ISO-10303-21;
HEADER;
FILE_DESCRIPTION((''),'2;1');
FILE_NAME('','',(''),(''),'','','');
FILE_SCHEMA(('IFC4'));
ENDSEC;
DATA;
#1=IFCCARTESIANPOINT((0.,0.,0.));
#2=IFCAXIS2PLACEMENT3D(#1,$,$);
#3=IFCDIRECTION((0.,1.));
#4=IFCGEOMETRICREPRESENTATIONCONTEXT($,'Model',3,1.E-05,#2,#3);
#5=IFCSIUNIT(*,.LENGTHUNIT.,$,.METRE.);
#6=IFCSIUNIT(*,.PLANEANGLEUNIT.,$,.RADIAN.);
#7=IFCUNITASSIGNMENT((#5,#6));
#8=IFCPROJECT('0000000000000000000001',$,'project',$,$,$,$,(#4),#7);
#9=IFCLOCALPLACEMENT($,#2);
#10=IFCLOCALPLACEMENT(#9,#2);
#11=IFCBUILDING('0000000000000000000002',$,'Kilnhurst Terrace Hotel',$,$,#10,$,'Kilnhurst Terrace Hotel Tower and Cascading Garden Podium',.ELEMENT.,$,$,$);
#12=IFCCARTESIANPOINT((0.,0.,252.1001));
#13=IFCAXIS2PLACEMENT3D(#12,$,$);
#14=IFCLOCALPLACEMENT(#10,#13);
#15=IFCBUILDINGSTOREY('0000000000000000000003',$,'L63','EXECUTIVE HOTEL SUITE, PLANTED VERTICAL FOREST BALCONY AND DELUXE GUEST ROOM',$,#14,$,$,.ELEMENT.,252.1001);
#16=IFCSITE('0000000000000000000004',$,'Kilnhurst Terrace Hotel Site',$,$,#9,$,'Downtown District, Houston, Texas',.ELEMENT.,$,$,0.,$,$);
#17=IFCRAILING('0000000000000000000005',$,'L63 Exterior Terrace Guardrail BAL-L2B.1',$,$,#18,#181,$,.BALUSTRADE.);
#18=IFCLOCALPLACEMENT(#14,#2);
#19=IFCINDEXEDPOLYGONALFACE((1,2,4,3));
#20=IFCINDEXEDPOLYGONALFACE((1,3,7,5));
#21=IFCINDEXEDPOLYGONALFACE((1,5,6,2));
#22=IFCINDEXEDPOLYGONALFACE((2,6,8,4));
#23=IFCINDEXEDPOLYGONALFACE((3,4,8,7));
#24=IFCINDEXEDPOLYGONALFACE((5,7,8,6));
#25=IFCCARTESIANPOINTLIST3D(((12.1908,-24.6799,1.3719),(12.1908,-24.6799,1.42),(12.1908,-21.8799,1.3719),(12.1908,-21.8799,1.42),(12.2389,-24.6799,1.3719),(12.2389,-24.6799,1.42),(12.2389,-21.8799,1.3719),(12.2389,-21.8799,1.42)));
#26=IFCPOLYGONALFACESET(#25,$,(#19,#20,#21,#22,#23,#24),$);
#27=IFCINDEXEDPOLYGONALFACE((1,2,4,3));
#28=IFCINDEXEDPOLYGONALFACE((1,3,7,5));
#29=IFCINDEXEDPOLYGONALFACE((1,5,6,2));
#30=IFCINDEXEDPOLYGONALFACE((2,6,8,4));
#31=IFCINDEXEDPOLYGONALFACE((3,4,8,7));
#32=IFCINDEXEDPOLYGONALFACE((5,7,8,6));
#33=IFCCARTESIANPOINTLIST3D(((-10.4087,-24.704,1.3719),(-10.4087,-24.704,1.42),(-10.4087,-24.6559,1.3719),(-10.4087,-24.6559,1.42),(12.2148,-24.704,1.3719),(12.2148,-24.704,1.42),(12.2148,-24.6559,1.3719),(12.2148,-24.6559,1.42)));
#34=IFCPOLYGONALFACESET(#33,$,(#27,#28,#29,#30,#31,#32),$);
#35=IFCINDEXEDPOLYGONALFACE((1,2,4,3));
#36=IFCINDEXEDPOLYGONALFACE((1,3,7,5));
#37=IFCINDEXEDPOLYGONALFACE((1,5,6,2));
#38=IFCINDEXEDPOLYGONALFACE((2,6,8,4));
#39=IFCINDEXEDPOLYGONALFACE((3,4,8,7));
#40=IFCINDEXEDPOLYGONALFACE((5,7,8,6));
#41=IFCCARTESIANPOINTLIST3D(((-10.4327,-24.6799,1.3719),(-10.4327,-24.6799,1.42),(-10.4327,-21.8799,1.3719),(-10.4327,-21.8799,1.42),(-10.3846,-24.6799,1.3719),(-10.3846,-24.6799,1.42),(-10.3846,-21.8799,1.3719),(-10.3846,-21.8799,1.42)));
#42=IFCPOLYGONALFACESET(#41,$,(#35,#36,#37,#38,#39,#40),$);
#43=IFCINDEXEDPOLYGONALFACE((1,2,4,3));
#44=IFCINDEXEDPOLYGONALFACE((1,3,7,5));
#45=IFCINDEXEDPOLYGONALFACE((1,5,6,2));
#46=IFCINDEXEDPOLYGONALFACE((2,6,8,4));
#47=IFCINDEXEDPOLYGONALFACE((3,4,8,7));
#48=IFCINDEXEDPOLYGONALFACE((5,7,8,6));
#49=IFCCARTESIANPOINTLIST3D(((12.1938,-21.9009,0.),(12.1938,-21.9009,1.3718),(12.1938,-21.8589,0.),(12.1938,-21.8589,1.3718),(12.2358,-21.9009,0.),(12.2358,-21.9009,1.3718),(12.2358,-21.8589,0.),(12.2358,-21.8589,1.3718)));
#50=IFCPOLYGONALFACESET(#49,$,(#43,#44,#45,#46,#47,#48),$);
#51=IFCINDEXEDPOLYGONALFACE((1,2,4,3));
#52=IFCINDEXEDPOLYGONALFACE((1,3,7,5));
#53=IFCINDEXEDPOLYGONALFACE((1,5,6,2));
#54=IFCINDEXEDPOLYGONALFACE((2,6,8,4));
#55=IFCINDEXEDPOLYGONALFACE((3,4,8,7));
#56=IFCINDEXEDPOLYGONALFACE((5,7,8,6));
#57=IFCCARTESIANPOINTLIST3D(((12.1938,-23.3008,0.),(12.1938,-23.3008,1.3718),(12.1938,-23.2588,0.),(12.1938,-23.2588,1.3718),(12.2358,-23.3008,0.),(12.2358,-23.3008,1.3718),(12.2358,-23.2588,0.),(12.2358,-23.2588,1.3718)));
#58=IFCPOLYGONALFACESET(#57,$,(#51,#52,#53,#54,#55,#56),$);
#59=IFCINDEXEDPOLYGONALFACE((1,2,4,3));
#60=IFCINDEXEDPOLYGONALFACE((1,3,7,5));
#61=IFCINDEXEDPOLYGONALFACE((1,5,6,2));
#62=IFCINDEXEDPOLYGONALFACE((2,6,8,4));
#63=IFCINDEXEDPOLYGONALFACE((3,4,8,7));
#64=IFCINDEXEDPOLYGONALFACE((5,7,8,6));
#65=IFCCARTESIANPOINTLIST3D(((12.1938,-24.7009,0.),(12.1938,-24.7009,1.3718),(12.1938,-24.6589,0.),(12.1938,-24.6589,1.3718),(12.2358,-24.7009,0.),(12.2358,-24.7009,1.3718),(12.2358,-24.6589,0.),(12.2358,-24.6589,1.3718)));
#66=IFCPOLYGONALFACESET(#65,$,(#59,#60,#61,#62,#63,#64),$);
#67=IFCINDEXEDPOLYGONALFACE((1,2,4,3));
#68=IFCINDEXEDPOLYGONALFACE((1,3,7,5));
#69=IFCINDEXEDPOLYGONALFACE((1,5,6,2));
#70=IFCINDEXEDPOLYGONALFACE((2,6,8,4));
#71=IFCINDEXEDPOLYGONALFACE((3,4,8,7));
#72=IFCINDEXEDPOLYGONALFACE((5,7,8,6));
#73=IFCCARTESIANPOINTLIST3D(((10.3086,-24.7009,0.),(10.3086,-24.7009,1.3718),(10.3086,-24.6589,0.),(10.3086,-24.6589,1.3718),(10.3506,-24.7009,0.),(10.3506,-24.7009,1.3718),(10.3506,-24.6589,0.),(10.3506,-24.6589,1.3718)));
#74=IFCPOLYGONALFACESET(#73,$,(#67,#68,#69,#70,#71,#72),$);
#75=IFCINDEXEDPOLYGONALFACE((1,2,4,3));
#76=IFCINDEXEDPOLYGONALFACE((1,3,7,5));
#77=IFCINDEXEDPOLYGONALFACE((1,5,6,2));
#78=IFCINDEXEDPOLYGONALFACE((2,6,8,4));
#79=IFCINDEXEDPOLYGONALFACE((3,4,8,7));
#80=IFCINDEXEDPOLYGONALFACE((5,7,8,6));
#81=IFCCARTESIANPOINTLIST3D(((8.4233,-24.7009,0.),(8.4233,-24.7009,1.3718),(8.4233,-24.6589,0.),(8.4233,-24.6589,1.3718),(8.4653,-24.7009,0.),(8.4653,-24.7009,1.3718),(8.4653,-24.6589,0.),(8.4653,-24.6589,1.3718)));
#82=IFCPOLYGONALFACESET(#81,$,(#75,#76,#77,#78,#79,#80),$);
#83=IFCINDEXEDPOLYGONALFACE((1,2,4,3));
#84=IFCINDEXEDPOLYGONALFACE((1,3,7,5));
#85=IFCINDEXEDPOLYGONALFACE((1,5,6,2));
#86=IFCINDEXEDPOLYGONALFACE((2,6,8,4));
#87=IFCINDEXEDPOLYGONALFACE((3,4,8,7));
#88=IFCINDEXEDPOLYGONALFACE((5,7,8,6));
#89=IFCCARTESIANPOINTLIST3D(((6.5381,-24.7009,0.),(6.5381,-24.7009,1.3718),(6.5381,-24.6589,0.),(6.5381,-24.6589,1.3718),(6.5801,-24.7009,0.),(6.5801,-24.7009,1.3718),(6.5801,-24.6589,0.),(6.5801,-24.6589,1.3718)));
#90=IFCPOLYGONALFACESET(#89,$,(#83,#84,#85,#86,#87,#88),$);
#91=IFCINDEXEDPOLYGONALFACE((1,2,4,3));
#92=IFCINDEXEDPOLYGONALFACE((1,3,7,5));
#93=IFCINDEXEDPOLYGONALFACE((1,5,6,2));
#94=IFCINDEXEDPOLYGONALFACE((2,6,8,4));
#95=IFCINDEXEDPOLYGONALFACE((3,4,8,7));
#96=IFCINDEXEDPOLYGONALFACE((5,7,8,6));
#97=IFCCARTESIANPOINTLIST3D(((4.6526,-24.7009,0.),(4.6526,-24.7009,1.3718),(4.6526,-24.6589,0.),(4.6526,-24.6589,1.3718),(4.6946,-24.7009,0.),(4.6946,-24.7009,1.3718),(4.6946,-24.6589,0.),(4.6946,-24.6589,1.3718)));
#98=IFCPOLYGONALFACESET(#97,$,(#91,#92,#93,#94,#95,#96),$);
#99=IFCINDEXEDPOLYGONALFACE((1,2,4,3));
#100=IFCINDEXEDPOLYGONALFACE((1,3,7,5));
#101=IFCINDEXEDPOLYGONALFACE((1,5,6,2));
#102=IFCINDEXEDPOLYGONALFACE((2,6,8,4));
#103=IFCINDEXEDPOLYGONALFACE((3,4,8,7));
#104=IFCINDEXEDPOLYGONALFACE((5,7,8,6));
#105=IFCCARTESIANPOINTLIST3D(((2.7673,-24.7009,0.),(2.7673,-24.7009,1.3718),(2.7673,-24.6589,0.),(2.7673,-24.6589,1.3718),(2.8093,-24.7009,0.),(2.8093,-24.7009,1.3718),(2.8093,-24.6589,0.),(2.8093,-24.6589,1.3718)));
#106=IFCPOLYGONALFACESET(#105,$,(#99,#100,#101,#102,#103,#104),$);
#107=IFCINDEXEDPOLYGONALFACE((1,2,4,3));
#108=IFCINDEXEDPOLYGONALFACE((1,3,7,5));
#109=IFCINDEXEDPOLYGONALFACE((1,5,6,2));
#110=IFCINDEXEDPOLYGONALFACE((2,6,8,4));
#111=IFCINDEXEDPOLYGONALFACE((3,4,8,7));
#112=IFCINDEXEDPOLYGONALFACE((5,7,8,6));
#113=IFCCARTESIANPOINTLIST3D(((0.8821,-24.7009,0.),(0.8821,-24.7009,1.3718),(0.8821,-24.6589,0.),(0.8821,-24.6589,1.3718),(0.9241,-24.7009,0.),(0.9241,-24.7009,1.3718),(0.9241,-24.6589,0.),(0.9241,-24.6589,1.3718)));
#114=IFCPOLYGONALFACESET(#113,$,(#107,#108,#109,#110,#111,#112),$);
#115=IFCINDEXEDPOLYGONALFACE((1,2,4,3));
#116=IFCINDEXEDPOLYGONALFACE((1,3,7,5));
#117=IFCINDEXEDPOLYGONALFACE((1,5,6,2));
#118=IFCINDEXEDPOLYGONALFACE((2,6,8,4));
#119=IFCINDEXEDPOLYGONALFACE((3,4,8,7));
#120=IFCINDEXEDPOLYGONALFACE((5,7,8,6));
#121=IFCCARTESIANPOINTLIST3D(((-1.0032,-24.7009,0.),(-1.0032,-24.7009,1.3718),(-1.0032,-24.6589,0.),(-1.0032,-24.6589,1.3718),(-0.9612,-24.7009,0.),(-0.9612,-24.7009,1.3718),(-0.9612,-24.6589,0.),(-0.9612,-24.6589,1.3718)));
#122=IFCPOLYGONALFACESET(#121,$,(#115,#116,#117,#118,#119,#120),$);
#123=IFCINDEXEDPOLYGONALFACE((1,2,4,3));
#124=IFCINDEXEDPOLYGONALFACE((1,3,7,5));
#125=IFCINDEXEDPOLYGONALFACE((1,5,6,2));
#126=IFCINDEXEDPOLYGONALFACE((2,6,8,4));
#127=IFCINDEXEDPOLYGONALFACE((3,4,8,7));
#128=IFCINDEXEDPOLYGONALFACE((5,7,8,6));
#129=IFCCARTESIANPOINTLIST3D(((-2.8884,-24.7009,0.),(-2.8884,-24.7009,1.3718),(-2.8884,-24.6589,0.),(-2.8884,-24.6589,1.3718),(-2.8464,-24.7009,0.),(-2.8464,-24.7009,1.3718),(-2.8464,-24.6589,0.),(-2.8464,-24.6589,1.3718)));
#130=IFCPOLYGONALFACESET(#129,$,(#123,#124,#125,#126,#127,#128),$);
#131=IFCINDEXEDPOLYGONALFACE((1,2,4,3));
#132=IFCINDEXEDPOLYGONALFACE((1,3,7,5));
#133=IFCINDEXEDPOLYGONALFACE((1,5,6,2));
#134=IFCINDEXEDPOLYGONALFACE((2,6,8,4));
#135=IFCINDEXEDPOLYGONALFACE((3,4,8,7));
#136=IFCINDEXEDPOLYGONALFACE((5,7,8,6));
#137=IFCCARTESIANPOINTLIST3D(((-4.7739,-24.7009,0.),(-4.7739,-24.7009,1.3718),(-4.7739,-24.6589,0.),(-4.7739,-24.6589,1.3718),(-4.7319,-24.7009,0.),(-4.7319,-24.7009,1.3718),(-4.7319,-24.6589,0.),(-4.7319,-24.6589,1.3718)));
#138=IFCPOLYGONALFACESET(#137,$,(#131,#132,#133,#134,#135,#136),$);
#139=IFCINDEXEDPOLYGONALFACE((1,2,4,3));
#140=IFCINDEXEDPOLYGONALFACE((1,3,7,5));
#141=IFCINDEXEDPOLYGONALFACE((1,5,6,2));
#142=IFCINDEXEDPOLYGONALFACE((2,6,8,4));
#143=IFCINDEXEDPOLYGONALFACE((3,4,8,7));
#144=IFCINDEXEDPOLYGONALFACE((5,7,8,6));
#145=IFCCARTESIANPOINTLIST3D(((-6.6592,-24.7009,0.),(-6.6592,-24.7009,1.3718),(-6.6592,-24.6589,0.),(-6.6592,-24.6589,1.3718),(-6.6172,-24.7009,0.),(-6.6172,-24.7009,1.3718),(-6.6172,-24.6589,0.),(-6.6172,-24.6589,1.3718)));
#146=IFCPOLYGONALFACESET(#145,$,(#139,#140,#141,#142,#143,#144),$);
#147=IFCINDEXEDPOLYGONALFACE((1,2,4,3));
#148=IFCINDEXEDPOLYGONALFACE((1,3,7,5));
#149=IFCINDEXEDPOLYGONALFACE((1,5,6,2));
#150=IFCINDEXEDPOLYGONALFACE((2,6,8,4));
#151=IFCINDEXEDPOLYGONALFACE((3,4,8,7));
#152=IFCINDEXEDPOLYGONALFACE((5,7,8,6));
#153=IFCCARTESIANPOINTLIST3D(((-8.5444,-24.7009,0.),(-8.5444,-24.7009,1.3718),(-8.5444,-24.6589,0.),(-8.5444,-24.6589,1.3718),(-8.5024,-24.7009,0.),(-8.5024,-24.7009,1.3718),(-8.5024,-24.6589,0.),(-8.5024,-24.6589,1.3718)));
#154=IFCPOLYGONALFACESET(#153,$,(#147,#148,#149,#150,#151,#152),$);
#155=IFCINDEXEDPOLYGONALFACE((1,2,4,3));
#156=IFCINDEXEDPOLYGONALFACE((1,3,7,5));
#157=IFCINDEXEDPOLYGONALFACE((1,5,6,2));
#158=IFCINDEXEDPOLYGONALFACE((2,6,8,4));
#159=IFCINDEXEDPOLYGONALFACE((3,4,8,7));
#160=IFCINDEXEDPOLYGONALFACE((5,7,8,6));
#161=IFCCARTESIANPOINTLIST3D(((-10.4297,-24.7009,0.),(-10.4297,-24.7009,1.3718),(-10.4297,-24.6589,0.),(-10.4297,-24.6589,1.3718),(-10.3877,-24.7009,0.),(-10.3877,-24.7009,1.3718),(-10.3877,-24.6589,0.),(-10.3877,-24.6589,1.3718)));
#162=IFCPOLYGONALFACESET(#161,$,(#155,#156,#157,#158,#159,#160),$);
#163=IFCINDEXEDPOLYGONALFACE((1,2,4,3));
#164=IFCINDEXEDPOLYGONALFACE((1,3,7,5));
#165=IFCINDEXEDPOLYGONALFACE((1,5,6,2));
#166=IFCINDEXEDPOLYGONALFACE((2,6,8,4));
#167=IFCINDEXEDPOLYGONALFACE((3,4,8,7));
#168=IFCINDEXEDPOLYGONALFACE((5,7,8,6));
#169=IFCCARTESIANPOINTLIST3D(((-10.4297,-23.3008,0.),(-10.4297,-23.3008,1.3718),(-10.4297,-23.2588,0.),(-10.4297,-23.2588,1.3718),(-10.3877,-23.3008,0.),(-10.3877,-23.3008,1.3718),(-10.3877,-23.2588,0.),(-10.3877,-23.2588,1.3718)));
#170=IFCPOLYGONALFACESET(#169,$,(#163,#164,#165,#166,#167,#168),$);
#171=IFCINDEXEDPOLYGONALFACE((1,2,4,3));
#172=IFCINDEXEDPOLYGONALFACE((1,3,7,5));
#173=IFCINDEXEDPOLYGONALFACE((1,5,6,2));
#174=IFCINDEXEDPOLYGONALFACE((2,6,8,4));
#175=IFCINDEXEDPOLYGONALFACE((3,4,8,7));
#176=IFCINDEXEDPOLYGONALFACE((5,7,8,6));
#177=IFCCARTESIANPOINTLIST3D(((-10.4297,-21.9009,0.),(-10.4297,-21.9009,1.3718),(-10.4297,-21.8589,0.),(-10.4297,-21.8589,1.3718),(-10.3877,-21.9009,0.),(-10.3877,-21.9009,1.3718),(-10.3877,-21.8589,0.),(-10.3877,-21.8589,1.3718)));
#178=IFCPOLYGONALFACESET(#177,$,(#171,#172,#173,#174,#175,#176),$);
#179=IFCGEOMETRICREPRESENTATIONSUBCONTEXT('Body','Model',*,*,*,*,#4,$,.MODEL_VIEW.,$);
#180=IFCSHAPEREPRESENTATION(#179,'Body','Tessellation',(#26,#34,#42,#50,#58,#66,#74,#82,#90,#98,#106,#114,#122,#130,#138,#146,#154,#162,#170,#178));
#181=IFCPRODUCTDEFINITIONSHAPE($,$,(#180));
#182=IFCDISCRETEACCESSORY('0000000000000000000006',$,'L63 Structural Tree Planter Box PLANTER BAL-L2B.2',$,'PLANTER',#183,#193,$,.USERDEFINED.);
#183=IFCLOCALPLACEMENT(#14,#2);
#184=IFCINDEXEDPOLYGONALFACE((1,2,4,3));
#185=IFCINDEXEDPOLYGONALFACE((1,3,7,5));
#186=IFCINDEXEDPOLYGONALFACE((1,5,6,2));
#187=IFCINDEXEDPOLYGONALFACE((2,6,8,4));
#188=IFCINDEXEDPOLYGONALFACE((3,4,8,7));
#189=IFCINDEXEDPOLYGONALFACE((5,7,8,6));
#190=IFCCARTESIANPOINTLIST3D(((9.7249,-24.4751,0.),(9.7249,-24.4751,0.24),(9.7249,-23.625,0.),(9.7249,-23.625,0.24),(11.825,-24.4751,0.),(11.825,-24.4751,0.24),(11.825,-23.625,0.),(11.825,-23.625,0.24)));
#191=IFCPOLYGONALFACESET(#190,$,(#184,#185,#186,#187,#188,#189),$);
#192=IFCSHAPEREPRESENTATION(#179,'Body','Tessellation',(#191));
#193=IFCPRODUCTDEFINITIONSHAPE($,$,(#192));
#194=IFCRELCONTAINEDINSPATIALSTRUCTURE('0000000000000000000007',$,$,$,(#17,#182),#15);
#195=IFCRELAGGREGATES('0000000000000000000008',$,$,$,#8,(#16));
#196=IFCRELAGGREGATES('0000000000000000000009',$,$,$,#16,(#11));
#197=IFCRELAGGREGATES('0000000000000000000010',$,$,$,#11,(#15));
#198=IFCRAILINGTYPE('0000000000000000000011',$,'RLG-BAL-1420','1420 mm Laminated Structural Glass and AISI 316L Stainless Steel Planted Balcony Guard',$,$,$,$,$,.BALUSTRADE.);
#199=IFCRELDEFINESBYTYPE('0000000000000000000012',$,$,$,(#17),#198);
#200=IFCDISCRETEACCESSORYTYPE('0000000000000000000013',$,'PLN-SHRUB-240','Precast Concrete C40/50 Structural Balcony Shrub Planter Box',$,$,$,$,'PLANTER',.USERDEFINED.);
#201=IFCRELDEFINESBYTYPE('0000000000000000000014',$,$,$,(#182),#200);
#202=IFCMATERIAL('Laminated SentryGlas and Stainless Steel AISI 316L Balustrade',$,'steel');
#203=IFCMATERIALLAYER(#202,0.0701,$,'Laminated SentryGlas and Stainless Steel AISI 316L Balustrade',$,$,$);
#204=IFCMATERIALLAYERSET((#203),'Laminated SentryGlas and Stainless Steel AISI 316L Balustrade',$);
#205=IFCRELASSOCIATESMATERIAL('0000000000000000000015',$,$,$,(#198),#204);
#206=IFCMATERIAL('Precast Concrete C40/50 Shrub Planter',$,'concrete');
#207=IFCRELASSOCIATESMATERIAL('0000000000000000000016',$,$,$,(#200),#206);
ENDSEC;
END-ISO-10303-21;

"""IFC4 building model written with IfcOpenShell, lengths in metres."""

from ifc_helpers import new_model, si_unit, direction, frame, origin, origin_2d, place, context, subcontext, project, spatial, rectangle, extrude, material, layer, layer_set, type_object, element, save


model = new_model("IFC4")

# Units and contexts
model_context = context("Model", 3, precision=1e-05, world=origin(), true_north=direction((0.0, 1.0)))
body_context = subcontext(model_context, "Body", "Model", "MODEL_VIEW")
ifc_project = project(units=[si_unit("LENGTHUNIT", "METRE"), si_unit("PLANEANGLEUNIT", "RADIAN")], contexts=[model_context])

# Site, building, storey
site_placement = place(None, origin())
site = spatial("IfcSite", under=ifc_project, at=site_placement, Name="Kilnhurst Terrace Hotel Site", LongName="Downtown District, Houston, Texas", CompositionType="ELEMENT", RefElevation=0.0)
building_placement = place(site_placement, origin())
building = spatial("IfcBuilding", under=site, at=building_placement, Name="Kilnhurst Terrace Hotel", LongName="Kilnhurst Terrace Hotel Tower and Cascading Garden Podium", CompositionType="ELEMENT")
storey_placement = place(building_placement, frame((0.0, 0.0, 252.1001)))
storey = spatial("IfcBuildingStorey", under=building, at=storey_placement, Name="L63", Description="EXECUTIVE HOTEL SUITE, PLANTED VERTICAL FOREST BALCONY AND DELUXE GUEST ROOM", CompositionType="ELEMENT", Elevation=252.1001)

# Railing
ifc_material_1 = material(Name="Laminated SentryGlas and Stainless Steel AISI 316L Balustrade", Category="steel")
ifc_layer_1 = layer(ifc_material_1, 0.0701, Name="Laminated SentryGlas and Stainless Steel AISI 316L Balustrade")
ifc_layer_set_1 = layer_set([ifc_layer_1], Name="Laminated SentryGlas and Stainless Steel AISI 316L Balustrade")
railing_type = type_object("IfcRailingType", Name="RLG-BAL-1420", Description="1420 mm Laminated Structural Glass and AISI 316L Stainless Steel Planted Balcony Guard", PredefinedType="BALUSTRADE", material=ifc_layer_set_1)
railing_placement = place(storey_placement, frame((12.2148, -21.8799, 0.0)))
element("IfcRailing", 1, at=railing_placement, inside=storey, type_object=railing_type, Name="L63 Exterior Terrace Guardrail BAL-L2B.1", PredefinedType="BALUSTRADE", context=body_context, shape_type="SweptSolid", body=[
    extrude(rectangle(XDim=0.0481, YDim=0.0481, at=origin_2d()), frame((0.0, 0.0, 1.396), z_axis=(0.0, -1.0, 0.0), x_axis=(1.0, 0.0, 0.0)), (0.0, 0.0, 1.0), 2.8),
    extrude(rectangle(XDim=0.0481, YDim=0.0481, at=origin_2d()), frame((0.0, -2.8, 1.396), z_axis=(-1.0, 0.0, 0.0), x_axis=(0.0, -1.0, 0.0)), (0.0, 0.0, 1.0), 22.6235),
    extrude(rectangle(XDim=0.0481, YDim=0.0481, at=origin_2d()), frame((-22.6235, -2.8, 1.396), z_axis=(0.0, 1.0, 0.0), x_axis=(-1.0, 0.0, 0.0)), (0.0, 0.0, 1.0), 2.8),
    extrude(rectangle(XDim=0.042, YDim=0.042, at=origin_2d()), origin(), (0.0, 0.0, 1.0), 1.3718),
    extrude(rectangle(XDim=0.042, YDim=0.042, at=origin_2d()), frame((0.0, -1.3999, 0.0)), (0.0, 0.0, 1.0), 1.3718),
    extrude(rectangle(XDim=0.042, YDim=0.042, at=origin_2d()), frame((0.0, -2.8, 0.0)), (0.0, 0.0, 1.0), 1.3718),
    extrude(rectangle(XDim=0.042, YDim=0.042, at=origin_2d()), frame((-1.8853, -2.8, 0.0)), (0.0, 0.0, 1.0), 1.3718),
    extrude(rectangle(XDim=0.042, YDim=0.042, at=origin_2d()), frame((-3.7705, -2.8, 0.0)), (0.0, 0.0, 1.0), 1.3718),
    extrude(rectangle(XDim=0.042, YDim=0.042, at=origin_2d()), frame((-5.6558, -2.8, 0.0)), (0.0, 0.0, 1.0), 1.3718),
    extrude(rectangle(XDim=0.042, YDim=0.042, at=origin_2d()), frame((-7.5413, -2.8, 0.0)), (0.0, 0.0, 1.0), 1.3718),
    extrude(rectangle(XDim=0.042, YDim=0.042, at=origin_2d()), frame((-9.4265, -2.8, 0.0)), (0.0, 0.0, 1.0), 1.3718),
    extrude(rectangle(XDim=0.042, YDim=0.042, at=origin_2d()), frame((-11.3118, -2.8, 0.0)), (0.0, 0.0, 1.0), 1.3718),
    extrude(rectangle(XDim=0.042, YDim=0.042, at=origin_2d()), frame((-13.197, -2.8, 0.0)), (0.0, 0.0, 1.0), 1.3718),
    extrude(rectangle(XDim=0.042, YDim=0.042, at=origin_2d()), frame((-15.0823, -2.8, 0.0)), (0.0, 0.0, 1.0), 1.3718),
    extrude(rectangle(XDim=0.042, YDim=0.042, at=origin_2d()), frame((-16.9678, -2.8, 0.0)), (0.0, 0.0, 1.0), 1.3718),
    extrude(rectangle(XDim=0.042, YDim=0.042, at=origin_2d()), frame((-18.853, -2.8, 0.0)), (0.0, 0.0, 1.0), 1.3718),
    extrude(rectangle(XDim=0.042, YDim=0.042, at=origin_2d()), frame((-20.7383, -2.8, 0.0)), (0.0, 0.0, 1.0), 1.3718),
    extrude(rectangle(XDim=0.042, YDim=0.042, at=origin_2d()), frame((-22.6235, -2.8, 0.0)), (0.0, 0.0, 1.0), 1.3718),
    extrude(rectangle(XDim=0.042, YDim=0.042, at=origin_2d()), frame((-22.6235, -1.3999, 0.0)), (0.0, 0.0, 1.0), 1.3718),
    extrude(rectangle(XDim=0.042, YDim=0.042, at=origin_2d()), frame((-22.6235, 0.0, 0.0)), (0.0, 0.0, 1.0), 1.3718),
])

# Discrete accessory
ifc_material_2 = material(Name="Precast Concrete C40/50 Shrub Planter", Category="concrete")
discrete_accessory_type = type_object("IfcDiscreteAccessoryType", Name="PLN-SHRUB-240", Description="Precast Concrete C40/50 Structural Balcony Shrub Planter Box", ElementType="PLANTER", PredefinedType="USERDEFINED", material=ifc_material_2)
discrete_accessory_placement = place(storey_placement, frame((10.7749, -24.05, 0.0), z_axis=(0.0, 0.0, 1.0), x_axis=(1.0, 0.0, 0.0)))
element("IfcDiscreteAccessory", 2, at=discrete_accessory_placement, inside=storey, type_object=discrete_accessory_type, Name="L63 Structural Tree Planter Box PLANTER BAL-L2B.2", ObjectType="PLANTER", PredefinedType="USERDEFINED", context=body_context, shape_type="SweptSolid", body=[
    extrude(rectangle(XDim=2.1001, YDim=0.8501, at=origin_2d()), origin(), (0.0, 0.0, 1.0), 0.24),
])

save(model, "model.ifc")
